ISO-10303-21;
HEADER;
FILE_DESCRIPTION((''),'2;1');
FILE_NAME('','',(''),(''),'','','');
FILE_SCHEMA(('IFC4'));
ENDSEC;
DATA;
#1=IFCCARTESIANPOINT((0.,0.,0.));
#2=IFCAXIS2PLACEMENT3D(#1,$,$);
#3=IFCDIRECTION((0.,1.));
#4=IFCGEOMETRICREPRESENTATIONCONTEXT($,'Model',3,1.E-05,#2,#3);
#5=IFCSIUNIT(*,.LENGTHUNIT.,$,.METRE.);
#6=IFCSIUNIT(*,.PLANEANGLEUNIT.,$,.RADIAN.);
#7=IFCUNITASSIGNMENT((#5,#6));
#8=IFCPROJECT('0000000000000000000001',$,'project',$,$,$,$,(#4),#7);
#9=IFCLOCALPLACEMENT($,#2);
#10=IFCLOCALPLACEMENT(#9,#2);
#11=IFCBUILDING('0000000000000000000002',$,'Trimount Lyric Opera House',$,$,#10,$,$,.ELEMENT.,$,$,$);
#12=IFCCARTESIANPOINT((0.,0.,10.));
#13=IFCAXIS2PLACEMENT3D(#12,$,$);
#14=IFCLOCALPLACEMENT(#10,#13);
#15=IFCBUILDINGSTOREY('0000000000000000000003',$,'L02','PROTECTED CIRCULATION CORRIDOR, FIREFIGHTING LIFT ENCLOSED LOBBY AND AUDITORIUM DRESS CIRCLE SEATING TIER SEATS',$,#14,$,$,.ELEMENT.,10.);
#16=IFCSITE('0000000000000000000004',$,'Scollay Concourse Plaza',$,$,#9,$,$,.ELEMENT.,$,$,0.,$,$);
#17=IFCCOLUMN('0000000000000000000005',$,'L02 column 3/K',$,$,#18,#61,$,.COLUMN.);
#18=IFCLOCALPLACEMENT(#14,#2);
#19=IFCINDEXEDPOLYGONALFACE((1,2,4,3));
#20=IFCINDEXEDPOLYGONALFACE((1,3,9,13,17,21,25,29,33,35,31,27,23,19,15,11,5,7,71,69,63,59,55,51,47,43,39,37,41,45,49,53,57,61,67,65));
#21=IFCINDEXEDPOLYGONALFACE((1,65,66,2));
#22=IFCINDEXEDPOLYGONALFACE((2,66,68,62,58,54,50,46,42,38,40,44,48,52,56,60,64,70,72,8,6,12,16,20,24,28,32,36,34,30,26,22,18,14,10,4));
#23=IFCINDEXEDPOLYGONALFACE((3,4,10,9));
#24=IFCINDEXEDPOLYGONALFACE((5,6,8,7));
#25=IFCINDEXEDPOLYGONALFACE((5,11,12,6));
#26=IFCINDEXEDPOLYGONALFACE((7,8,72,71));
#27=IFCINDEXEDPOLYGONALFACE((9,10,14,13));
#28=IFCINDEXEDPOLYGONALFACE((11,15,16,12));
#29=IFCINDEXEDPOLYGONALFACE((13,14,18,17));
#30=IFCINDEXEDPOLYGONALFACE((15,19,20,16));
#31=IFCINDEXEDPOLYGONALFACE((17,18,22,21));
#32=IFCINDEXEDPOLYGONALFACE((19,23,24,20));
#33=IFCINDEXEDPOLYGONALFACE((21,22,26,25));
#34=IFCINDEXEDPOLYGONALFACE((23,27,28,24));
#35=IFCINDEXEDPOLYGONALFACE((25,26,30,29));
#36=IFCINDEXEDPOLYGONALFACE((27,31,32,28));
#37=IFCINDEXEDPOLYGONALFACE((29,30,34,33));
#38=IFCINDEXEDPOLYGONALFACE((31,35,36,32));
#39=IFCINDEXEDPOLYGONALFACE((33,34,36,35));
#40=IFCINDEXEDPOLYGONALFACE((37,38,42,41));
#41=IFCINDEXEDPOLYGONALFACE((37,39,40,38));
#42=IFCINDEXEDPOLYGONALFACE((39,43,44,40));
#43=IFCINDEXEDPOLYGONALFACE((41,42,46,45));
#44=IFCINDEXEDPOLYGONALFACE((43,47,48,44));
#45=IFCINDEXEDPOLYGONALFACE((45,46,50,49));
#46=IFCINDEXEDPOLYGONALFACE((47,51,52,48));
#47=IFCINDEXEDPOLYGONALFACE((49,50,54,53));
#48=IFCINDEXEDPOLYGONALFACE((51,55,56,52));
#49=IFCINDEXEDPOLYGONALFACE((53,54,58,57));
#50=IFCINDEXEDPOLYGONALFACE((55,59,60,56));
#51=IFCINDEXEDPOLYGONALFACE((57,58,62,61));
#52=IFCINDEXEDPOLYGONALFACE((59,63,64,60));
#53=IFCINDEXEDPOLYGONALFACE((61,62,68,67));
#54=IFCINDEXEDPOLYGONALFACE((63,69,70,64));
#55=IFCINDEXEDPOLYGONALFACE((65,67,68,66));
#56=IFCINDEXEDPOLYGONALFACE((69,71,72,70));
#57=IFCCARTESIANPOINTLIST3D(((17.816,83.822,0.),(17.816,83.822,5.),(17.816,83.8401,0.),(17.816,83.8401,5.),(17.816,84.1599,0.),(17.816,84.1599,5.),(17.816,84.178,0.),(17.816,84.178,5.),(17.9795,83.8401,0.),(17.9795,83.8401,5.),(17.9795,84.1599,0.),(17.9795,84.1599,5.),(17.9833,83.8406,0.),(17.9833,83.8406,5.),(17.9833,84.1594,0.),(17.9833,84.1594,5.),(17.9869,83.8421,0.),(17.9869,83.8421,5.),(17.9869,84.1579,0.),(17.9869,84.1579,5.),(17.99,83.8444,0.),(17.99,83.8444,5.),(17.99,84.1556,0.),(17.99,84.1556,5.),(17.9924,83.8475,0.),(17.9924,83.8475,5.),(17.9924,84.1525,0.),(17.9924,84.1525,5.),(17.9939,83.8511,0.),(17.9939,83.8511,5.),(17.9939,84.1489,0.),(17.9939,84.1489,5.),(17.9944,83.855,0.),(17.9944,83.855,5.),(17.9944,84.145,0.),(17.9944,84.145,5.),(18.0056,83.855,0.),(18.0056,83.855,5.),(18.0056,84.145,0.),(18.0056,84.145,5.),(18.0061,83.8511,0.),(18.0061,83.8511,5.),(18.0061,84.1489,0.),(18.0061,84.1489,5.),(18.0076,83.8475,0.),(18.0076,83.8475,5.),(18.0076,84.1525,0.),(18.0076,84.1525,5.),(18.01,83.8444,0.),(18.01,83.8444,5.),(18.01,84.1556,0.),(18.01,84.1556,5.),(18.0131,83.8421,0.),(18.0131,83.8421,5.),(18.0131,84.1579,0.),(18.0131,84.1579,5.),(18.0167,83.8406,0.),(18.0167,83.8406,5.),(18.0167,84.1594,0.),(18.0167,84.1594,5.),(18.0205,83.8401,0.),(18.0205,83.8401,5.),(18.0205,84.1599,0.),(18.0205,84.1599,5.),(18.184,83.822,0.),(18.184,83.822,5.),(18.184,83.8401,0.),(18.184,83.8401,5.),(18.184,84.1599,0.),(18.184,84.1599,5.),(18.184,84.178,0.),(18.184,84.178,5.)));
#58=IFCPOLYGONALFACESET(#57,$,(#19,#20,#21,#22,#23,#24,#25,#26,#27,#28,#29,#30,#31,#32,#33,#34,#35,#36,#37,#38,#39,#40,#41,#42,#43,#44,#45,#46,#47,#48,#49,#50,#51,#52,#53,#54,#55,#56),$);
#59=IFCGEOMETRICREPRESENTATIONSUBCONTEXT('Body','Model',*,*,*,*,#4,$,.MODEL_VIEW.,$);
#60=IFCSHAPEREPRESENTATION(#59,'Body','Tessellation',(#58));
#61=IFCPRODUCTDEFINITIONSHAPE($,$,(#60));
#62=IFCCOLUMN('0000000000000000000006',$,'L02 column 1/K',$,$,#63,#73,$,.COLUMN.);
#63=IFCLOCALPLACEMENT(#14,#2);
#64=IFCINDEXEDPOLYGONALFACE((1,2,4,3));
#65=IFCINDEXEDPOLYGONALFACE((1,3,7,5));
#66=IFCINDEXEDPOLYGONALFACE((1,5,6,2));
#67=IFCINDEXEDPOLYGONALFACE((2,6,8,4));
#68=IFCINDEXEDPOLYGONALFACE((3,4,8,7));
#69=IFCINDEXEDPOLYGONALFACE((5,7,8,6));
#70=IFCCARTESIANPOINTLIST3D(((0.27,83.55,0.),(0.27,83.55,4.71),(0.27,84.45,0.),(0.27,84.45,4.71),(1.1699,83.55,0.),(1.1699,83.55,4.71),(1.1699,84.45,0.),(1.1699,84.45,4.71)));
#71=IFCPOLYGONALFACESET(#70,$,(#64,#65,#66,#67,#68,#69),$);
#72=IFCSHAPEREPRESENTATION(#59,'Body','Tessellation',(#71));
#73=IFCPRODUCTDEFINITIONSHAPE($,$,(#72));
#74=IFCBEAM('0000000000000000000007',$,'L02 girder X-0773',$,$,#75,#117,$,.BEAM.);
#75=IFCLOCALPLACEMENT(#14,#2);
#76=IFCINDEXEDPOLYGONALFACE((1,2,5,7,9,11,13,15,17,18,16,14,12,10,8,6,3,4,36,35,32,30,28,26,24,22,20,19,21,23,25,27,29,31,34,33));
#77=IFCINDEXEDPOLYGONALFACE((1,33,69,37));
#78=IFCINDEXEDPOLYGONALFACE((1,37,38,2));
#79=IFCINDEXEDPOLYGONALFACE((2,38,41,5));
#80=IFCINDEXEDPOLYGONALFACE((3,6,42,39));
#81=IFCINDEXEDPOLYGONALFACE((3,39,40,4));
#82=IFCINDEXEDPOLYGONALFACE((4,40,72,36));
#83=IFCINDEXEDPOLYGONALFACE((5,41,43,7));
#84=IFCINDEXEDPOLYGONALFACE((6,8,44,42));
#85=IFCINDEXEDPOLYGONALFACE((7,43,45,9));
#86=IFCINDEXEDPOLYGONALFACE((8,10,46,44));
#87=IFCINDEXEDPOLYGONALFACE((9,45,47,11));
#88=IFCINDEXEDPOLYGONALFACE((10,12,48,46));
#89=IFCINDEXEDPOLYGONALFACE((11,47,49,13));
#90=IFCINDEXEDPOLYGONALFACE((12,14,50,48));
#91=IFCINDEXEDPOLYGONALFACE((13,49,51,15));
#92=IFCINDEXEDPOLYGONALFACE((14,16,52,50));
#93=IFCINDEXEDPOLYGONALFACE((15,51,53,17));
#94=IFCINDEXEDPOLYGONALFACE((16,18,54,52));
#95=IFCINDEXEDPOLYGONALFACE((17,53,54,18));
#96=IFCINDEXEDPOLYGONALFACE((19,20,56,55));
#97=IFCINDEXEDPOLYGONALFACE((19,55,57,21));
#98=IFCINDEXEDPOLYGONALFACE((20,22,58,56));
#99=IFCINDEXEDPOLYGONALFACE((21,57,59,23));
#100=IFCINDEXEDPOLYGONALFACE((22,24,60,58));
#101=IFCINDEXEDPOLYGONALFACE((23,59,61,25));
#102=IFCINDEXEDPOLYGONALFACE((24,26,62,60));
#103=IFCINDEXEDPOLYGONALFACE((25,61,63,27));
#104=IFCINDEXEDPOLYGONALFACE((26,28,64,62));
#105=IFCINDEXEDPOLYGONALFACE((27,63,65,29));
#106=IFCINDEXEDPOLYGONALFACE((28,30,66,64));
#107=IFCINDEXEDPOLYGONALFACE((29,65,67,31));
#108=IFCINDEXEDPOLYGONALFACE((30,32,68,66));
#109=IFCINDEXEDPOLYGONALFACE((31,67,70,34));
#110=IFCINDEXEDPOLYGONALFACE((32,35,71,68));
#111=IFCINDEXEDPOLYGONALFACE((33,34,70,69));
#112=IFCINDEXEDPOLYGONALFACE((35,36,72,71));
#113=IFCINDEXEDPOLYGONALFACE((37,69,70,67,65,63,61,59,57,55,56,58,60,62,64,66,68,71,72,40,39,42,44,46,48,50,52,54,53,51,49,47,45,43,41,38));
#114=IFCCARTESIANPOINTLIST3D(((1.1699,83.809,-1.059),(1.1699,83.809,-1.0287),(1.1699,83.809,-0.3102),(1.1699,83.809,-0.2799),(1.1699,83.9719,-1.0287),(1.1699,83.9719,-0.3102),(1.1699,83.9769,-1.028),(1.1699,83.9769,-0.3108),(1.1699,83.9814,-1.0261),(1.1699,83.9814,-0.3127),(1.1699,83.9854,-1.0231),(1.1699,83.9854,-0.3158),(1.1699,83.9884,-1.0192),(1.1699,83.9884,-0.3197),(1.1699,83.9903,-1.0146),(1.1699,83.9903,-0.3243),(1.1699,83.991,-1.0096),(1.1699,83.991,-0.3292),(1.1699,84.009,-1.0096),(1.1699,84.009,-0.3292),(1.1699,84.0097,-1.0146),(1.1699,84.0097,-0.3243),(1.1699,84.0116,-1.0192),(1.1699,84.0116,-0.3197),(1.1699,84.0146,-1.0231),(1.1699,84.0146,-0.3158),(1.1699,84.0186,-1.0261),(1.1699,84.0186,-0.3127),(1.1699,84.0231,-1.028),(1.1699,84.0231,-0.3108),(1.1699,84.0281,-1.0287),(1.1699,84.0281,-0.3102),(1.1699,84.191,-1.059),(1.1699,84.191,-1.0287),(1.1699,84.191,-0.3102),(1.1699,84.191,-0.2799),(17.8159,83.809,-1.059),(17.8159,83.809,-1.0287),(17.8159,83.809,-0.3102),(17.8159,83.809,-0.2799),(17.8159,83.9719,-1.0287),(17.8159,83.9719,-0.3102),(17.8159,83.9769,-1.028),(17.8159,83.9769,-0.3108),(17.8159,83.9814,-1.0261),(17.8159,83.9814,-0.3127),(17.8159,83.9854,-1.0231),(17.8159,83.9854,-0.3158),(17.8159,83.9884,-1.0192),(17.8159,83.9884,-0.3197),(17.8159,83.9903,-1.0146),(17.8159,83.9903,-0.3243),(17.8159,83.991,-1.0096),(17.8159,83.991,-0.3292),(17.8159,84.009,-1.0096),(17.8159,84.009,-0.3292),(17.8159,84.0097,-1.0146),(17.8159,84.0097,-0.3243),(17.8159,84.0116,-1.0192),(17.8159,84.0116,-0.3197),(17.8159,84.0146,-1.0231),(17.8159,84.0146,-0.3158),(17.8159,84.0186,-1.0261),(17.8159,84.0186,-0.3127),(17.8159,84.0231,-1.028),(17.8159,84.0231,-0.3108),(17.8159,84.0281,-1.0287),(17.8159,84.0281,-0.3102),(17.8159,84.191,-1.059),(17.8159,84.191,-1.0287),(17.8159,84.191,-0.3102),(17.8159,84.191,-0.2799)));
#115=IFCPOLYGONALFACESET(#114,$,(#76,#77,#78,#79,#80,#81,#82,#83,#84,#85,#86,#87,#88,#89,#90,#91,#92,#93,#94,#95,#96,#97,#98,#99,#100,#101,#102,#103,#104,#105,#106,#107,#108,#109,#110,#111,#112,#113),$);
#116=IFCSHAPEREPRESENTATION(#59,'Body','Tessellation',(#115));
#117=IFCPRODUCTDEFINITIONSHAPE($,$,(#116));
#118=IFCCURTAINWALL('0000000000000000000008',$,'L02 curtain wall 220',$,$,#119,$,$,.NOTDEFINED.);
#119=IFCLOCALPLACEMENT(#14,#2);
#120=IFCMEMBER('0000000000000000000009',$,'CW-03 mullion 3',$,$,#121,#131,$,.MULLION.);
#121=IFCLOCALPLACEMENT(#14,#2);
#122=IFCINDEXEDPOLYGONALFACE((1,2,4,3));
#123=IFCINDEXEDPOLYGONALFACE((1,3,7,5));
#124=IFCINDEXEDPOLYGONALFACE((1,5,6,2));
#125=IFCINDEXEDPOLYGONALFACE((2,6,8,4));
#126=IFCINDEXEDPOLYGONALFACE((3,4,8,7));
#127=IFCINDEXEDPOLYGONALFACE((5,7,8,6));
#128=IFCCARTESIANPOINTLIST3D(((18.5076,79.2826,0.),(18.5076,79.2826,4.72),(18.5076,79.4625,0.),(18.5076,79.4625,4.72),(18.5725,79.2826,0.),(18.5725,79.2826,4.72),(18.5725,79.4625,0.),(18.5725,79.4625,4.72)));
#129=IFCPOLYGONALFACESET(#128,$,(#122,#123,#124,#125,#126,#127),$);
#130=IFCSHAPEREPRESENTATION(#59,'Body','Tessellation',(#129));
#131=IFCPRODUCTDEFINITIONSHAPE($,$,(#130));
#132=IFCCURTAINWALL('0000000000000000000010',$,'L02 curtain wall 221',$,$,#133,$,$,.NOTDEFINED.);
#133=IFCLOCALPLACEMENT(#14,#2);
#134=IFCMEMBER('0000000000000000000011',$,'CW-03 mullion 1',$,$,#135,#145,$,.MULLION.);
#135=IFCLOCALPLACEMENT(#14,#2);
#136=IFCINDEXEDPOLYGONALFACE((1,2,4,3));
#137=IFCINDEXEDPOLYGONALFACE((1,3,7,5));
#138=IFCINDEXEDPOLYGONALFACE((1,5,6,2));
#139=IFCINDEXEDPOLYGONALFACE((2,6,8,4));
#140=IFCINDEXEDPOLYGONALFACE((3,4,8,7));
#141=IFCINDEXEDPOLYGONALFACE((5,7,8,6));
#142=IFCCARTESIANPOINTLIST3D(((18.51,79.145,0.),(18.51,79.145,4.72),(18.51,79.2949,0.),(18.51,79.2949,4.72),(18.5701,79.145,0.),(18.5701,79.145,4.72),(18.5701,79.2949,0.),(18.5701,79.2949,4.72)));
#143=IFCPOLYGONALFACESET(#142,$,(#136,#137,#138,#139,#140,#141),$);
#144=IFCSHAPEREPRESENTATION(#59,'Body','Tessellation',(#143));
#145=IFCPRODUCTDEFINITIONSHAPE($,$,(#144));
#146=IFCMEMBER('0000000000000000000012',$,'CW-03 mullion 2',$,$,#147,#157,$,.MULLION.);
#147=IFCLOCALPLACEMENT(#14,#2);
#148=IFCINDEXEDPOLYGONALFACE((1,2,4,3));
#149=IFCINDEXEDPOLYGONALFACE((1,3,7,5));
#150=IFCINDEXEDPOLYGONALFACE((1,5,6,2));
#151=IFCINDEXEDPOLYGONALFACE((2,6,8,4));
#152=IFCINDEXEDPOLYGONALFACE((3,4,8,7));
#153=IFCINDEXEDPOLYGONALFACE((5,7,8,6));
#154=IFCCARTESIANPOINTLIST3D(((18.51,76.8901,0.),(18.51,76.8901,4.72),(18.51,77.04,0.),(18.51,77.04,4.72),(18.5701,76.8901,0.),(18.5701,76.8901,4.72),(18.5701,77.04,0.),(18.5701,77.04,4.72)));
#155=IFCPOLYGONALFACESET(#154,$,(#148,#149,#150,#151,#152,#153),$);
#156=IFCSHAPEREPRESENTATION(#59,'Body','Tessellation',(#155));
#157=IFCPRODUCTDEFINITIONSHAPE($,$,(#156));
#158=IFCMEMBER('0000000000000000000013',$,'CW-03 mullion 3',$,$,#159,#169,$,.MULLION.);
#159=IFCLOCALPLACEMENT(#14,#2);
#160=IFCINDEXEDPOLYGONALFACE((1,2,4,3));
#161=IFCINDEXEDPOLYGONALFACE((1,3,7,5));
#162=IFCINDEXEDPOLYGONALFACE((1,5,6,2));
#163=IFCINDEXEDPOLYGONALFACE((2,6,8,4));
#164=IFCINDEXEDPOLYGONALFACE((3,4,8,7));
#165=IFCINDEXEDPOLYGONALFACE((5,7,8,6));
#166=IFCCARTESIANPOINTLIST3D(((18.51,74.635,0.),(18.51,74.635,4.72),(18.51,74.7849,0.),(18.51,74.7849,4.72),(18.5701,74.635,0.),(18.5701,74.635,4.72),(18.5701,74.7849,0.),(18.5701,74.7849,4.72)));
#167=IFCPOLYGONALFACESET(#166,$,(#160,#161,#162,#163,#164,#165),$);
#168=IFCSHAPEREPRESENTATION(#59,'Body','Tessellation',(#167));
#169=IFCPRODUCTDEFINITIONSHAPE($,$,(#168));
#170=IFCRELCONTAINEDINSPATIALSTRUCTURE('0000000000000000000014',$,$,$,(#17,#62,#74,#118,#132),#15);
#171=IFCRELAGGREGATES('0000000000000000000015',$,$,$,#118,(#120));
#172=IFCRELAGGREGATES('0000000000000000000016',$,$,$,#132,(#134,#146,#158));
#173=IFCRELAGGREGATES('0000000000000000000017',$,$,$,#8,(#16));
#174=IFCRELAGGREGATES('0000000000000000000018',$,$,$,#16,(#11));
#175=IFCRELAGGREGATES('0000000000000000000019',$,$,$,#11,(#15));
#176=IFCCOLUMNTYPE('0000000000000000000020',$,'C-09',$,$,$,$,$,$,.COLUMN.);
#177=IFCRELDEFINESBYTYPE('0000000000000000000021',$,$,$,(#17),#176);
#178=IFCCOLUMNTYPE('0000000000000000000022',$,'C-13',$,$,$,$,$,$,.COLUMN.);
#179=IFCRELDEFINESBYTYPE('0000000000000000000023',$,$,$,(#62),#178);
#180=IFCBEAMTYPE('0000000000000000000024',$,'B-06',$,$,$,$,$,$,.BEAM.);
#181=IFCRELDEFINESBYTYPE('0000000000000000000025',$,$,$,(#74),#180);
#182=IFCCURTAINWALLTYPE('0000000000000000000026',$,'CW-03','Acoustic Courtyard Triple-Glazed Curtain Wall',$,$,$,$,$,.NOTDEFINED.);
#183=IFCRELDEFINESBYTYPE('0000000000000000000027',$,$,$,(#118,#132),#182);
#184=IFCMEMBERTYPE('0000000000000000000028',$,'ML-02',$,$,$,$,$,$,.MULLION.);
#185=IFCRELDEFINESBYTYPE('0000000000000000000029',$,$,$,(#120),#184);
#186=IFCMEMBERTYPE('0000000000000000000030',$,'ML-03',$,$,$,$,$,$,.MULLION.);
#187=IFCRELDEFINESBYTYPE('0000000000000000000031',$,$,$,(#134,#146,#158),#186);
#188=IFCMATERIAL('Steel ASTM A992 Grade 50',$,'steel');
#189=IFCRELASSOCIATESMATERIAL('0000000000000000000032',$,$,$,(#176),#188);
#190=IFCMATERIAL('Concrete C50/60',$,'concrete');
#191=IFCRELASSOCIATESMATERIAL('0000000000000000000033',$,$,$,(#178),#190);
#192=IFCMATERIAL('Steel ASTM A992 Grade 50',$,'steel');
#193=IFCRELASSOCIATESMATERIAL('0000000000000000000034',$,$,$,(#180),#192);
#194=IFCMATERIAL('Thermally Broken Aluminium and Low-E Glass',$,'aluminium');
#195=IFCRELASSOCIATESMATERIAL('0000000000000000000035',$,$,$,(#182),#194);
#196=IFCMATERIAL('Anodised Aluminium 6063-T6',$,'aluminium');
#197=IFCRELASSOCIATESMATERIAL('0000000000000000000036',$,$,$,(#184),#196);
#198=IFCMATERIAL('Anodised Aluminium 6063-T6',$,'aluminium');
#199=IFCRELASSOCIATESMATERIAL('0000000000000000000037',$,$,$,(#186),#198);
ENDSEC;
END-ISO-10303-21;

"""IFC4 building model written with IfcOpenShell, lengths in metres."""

from ifc_helpers import new_model, si_unit, direction, frame, origin, origin_2d, place, context, subcontext, project, spatial, rectangle, i_section, extrude, material, material_profile, profile_set, type_object, element, aggregate, save


model = new_model("IFC4")

# Units and contexts
model_context = context("Model", 3, precision=1e-05, world=origin(), true_north=direction((0.0, 1.0)))
body_context = subcontext(model_context, "Body", "Model", "MODEL_VIEW")
ifc_project = project(units=[si_unit("LENGTHUNIT", "METRE"), si_unit("PLANEANGLEUNIT", "RADIAN")], contexts=[model_context])

# Site, building, storey
site_placement = place(None, origin())
site = spatial("IfcSite", under=ifc_project, at=site_placement, Name="Scollay Concourse Plaza", CompositionType="ELEMENT", RefElevation=0.0)
building_placement = place(site_placement, origin())
building = spatial("IfcBuilding", under=site, at=building_placement, Name="Trimount Lyric Opera House", CompositionType="ELEMENT")
storey_placement = place(building_placement, frame((0.0, 0.0, 10.0)))
storey = spatial("IfcBuildingStorey", under=building, at=storey_placement, Name="L02", Description="PROTECTED CIRCULATION CORRIDOR, FIREFIGHTING LIFT ENCLOSED LOBBY AND AUDITORIUM DRESS CIRCLE SEATING TIER SEATS", CompositionType="ELEMENT", Elevation=10.0)

# Columns
ifc_material_1 = material(Name="Steel ASTM A992 Grade 50", Category="steel")
ifc_material_profile_1 = material_profile(ifc_material_1, i_section(OverallWidth=0.3679, OverallDepth=0.356, WebThickness=0.0112, FlangeThickness=0.0181, FilletRadius=0.0149, at=origin_2d()), Name="W14X90")
ifc_profile_set_1 = profile_set([ifc_material_profile_1], Name="Steel ASTM A992 Grade 50")
column_type_1 = type_object("IfcColumnType", Name="C-09", PredefinedType="COLUMN", material=ifc_profile_set_1)
column_1_placement = place(storey_placement, frame((18.0, 84.0, 0.0), z_axis=(0.0, 0.0, 1.0), x_axis=(1.0, 0.0, 0.0)))
element("IfcColumn", 1, at=column_1_placement, inside=storey, type_object=column_type_1, Name="L02 column 3/K", PredefinedType="COLUMN", context=body_context, shape_type="SweptSolid", body=[
    extrude(i_section(OverallWidth=0.3679, OverallDepth=0.356, WebThickness=0.0112, FlangeThickness=0.0181, FilletRadius=0.0149, at=origin_2d()), origin(), (0.0, 0.0, 1.0), 5.0),
])
ifc_material_2 = material(Name="Concrete C50/60", Category="concrete")
ifc_material_profile_2 = material_profile(ifc_material_2, rectangle(XDim=0.8999, YDim=0.8999, at=origin_2d()), Name="RC900X900")
ifc_profile_set_2 = profile_set([ifc_material_profile_2], Name="Concrete C50/60")
column_type_2 = type_object("IfcColumnType", Name="C-13", PredefinedType="COLUMN", material=ifc_profile_set_2)
column_2_placement = place(storey_placement, frame((0.72, 84.0, 0.0), z_axis=(0.0, 0.0, 1.0), x_axis=(1.0, 0.0, 0.0)))
element("IfcColumn", 2, at=column_2_placement, inside=storey, type_object=column_type_2, Name="L02 column 1/K", PredefinedType="COLUMN", context=body_context, shape_type="SweptSolid", body=[
    extrude(rectangle(XDim=0.8999, YDim=0.8999, at=origin_2d()), origin(), (0.0, 0.0, 1.0), 4.71),
])

# Beam
ifc_material_3 = material(Name="Steel ASTM A992 Grade 50", Category="steel")
ifc_material_profile_3 = material_profile(ifc_material_3, i_section(OverallWidth=0.3821, OverallDepth=0.7791, WebThickness=0.0181, FlangeThickness=0.0303, FilletRadius=0.019, at=origin_2d()), Name="W30X191")
ifc_profile_set_3 = profile_set([ifc_material_profile_3], Name="Steel ASTM A992 Grade 50")
beam_type_1 = type_object("IfcBeamType", Name="B-06", PredefinedType="BEAM", material=ifc_profile_set_3)
beam_1_placement = place(storey_placement, frame((1.1699, 84.0, -0.6694), z_axis=(1.0, 0.0, 0.0), x_axis=(0.0, 1.0, 0.0)))
element("IfcBeam", 3, at=beam_1_placement, inside=storey, type_object=beam_type_1, Name="L02 girder X-0773", PredefinedType="BEAM", context=body_context, shape_type="SweptSolid", body=[
    extrude(i_section(OverallWidth=0.3821, OverallDepth=0.7791, WebThickness=0.0181, FlangeThickness=0.0303, FilletRadius=0.019, at=origin_2d()), origin(), (0.0, 0.0, 1.0), 16.646),
])

# Curtain wall, member
ifc_material_4 = material(Name="Thermally Broken Aluminium and Low-E Glass", Category="aluminium")
curtain_wall_type = type_object("IfcCurtainWallType", Name="CW-03", Description="Acoustic Courtyard Triple-Glazed Curtain Wall", PredefinedType="NOTDEFINED", material=ifc_material_4)
curtain_wall_1_placement = place(storey_placement, origin())
curtain_wall_1 = element("IfcCurtainWall", 4, at=curtain_wall_1_placement, inside=storey, type_object=curtain_wall_type, Name="L02 curtain wall 220", PredefinedType="NOTDEFINED")
ifc_material_5 = material(Name="Anodised Aluminium 6063-T6", Category="aluminium")
ifc_material_profile_4 = material_profile(ifc_material_5, rectangle(XDim=0.0649, YDim=0.1799, at=origin_2d()), Name="ALU-MULL-65X180")
ifc_profile_set_4 = profile_set([ifc_material_profile_4], Name="Anodised Aluminium 6063-T6")
member_type_1 = type_object("IfcMemberType", Name="ML-02", PredefinedType="MULLION", material=ifc_profile_set_4)
member_1_placement = place(storey_placement, frame((18.54, 79.3726, 0.0), z_axis=(0.0, 0.0, 1.0), x_axis=(1.0, 0.0, 0.0)))
member_1 = element("IfcMember", 5, at=member_1_placement, type_object=member_type_1, Name="CW-03 mullion 3", PredefinedType="MULLION", context=body_context, shape_type="SweptSolid", body=[
    extrude(rectangle(XDim=0.0649, YDim=0.1799, at=origin_2d()), origin(), (0.0, 0.0, 1.0), 4.72),
])

# Curtain wall, members
curtain_wall_2_placement = place(storey_placement, origin())
curtain_wall_2 = element("IfcCurtainWall", 6, at=curtain_wall_2_placement, inside=storey, type_object=curtain_wall_type, Name="L02 curtain wall 221", PredefinedType="NOTDEFINED")
ifc_material_6 = material(Name="Anodised Aluminium 6063-T6", Category="aluminium")
ifc_material_profile_5 = material_profile(ifc_material_6, rectangle(XDim=0.0601, YDim=0.1499, at=origin_2d()), Name="ALU-MULL-60X150")
ifc_profile_set_5 = profile_set([ifc_material_profile_5], Name="Anodised Aluminium 6063-T6")
member_type_2 = type_object("IfcMemberType", Name="ML-03", PredefinedType="MULLION", material=ifc_profile_set_5)
member_2_placement = place(storey_placement, frame((18.54, 79.22, 0.0), z_axis=(0.0, 0.0, 1.0), x_axis=(1.0, 0.0, 0.0)))
member_2 = element("IfcMember", 7, at=member_2_placement, type_object=member_type_2, Name="CW-03 mullion 1", PredefinedType="MULLION", context=body_context, shape_type="SweptSolid", body=[
    extrude(rectangle(XDim=0.0601, YDim=0.1499, at=origin_2d()), origin(), (0.0, 0.0, 1.0), 4.72),
])
member_3_placement = place(storey_placement, frame((18.54, 76.9651, 0.0), z_axis=(0.0, 0.0, 1.0), x_axis=(1.0, 0.0, 0.0)))
member_3 = element("IfcMember", 8, at=member_3_placement, type_object=member_type_2, Name="CW-03 mullion 2", PredefinedType="MULLION", context=body_context, shape_type="SweptSolid", body=[
    extrude(rectangle(XDim=0.0601, YDim=0.1499, at=origin_2d()), origin(), (0.0, 0.0, 1.0), 4.72),
])
member_4_placement = place(storey_placement, frame((18.54, 74.71, 0.0), z_axis=(0.0, 0.0, 1.0), x_axis=(1.0, 0.0, 0.0)))
member_4 = element("IfcMember", 9, at=member_4_placement, type_object=member_type_2, Name="CW-03 mullion 3", PredefinedType="MULLION", context=body_context, shape_type="SweptSolid", body=[
    extrude(rectangle(XDim=0.0601, YDim=0.1499, at=origin_2d()), origin(), (0.0, 0.0, 1.0), 4.72),
])

aggregate(curtain_wall_1, [member_1])
aggregate(curtain_wall_2, [member_2, member_3, member_4])

save(model, "model.ifc")
